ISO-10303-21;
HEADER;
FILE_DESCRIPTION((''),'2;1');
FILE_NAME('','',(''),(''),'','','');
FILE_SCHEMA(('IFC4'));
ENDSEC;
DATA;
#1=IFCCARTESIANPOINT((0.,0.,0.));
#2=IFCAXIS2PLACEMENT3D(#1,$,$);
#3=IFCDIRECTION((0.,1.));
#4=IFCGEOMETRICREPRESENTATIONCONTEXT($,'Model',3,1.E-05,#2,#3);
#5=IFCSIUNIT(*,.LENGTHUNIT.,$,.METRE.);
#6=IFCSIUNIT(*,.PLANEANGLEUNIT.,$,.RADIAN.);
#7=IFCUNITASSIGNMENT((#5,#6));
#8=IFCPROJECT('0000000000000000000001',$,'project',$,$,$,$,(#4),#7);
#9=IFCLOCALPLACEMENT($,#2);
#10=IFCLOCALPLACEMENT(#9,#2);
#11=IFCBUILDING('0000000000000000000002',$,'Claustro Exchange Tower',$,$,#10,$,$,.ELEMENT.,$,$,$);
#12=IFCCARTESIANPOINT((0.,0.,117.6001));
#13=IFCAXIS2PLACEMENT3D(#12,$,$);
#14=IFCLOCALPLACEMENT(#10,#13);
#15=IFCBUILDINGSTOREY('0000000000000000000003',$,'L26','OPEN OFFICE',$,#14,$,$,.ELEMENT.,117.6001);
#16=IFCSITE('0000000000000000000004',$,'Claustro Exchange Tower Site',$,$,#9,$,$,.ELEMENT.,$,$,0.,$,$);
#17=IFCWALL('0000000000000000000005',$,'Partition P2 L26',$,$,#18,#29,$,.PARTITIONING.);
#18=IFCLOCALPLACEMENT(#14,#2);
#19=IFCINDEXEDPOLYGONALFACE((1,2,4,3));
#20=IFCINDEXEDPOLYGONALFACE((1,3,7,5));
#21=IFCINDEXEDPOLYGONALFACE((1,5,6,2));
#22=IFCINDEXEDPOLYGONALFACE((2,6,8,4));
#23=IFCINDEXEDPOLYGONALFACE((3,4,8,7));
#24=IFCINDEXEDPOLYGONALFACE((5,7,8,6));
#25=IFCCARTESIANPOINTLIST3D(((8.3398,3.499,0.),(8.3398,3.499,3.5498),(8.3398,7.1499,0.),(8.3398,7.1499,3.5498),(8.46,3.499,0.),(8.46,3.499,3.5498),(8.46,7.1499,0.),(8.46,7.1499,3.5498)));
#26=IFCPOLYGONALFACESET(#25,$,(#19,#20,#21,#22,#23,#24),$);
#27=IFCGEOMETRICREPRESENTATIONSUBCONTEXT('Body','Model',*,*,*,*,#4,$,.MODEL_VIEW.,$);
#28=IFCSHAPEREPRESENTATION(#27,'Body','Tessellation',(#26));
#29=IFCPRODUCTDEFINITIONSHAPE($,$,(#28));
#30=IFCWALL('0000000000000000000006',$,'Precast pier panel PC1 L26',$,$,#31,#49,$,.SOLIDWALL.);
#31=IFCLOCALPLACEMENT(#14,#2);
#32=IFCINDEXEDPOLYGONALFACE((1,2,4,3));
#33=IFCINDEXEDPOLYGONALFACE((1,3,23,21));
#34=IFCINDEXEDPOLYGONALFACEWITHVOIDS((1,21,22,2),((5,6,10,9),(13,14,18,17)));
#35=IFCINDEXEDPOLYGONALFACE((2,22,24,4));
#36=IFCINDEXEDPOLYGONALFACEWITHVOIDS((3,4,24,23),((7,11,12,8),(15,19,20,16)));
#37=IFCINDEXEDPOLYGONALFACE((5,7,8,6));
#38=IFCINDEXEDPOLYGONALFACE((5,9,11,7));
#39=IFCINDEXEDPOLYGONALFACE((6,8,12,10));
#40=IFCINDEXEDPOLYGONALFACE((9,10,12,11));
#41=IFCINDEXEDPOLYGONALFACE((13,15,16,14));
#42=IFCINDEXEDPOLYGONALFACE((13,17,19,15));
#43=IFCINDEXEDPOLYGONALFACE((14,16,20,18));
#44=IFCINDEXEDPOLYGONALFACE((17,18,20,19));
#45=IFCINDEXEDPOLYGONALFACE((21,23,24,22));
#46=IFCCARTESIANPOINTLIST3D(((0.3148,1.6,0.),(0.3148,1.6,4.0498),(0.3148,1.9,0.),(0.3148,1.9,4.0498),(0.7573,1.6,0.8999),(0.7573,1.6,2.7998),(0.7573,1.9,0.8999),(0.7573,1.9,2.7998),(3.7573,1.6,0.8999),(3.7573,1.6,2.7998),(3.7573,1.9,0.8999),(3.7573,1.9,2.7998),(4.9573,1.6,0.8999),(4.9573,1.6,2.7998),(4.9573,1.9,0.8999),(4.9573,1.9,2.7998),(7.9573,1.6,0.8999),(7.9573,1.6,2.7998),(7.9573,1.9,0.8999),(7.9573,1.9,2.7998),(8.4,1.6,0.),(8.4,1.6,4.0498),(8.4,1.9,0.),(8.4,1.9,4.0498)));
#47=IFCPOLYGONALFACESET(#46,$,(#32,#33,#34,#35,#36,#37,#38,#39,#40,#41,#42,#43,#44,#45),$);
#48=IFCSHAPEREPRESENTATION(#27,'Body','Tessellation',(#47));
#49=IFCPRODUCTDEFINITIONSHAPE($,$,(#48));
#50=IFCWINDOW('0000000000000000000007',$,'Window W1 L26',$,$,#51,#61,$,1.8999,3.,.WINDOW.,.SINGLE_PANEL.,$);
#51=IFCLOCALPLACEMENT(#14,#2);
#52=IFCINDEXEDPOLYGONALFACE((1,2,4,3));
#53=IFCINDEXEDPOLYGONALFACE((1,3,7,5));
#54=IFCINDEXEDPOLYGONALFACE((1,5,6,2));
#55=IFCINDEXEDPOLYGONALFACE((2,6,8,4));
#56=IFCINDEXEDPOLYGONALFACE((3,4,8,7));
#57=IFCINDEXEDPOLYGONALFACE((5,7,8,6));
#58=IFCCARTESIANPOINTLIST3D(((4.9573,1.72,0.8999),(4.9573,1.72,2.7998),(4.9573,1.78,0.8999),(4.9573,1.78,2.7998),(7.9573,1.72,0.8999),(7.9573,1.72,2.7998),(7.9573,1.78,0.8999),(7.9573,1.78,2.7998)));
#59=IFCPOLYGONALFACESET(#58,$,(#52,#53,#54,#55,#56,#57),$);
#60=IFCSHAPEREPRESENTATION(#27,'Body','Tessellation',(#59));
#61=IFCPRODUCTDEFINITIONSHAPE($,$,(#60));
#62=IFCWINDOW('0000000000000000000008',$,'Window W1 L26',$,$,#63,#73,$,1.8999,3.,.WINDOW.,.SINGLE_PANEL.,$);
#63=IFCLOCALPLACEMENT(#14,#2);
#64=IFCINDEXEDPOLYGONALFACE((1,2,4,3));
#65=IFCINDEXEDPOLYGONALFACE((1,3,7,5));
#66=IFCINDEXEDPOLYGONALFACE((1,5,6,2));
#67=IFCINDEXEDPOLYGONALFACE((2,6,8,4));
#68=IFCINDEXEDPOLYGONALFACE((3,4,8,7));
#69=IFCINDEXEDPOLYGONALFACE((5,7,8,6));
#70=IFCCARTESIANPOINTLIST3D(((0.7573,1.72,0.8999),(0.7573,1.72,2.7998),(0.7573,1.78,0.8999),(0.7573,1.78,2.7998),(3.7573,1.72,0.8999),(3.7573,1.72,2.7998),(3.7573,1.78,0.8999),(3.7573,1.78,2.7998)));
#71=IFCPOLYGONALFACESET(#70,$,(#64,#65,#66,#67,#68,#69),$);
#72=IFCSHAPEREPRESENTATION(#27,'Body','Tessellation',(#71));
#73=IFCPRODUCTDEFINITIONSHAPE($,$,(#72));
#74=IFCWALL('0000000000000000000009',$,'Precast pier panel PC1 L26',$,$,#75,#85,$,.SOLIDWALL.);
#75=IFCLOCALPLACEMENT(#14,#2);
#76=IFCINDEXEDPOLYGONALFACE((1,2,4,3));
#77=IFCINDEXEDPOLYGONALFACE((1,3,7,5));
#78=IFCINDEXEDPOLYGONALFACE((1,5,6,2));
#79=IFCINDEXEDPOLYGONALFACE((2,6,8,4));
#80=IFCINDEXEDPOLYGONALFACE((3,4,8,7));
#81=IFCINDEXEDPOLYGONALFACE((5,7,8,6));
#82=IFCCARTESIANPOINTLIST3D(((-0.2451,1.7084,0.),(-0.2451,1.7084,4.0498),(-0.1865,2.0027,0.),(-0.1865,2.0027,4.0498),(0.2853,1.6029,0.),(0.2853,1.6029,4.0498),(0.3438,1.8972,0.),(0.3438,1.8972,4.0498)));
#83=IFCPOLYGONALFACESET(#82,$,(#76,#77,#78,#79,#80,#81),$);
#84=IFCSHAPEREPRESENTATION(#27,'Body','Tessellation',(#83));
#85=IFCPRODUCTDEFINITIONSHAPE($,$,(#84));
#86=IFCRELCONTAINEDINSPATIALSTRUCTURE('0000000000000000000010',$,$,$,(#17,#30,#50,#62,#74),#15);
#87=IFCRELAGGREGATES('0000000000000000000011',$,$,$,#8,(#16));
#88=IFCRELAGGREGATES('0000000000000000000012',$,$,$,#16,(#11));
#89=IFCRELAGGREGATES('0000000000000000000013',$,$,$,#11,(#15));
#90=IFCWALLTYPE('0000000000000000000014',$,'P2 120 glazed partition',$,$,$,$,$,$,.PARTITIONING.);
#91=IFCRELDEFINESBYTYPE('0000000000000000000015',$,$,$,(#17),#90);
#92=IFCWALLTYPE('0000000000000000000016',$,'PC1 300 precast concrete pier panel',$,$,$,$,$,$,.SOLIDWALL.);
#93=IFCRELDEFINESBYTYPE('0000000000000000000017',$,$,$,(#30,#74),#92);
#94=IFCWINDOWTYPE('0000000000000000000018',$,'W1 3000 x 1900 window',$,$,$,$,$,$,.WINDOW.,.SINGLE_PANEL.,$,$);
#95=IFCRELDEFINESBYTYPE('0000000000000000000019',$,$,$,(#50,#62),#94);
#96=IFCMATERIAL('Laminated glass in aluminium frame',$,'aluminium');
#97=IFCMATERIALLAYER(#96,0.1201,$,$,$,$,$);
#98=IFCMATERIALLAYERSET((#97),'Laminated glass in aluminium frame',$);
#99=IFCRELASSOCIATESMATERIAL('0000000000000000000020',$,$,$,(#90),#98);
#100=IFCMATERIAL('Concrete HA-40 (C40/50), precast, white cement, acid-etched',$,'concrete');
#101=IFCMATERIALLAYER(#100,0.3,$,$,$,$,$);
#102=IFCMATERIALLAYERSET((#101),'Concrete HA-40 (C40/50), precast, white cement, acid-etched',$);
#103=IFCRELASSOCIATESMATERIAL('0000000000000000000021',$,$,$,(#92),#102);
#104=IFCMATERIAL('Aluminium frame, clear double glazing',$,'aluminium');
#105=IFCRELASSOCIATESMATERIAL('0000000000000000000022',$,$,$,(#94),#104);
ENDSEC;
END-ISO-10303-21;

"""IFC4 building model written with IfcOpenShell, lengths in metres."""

from ifc_helpers import new_model, si_unit, direction, frame, frame_2d, origin, place, context, subcontext, project, spatial, rectangle, extrude, material, layer, layer_set, type_object, element, fill, save


model = new_model("IFC4")

# Units and contexts
model_context = context("Model", 3, precision=1e-05, world=origin(), true_north=direction((0.0, 1.0)))
body_context = subcontext(model_context, "Body", "Model", "MODEL_VIEW")
ifc_project = project(units=[si_unit("LENGTHUNIT", "METRE"), si_unit("PLANEANGLEUNIT", "RADIAN")], contexts=[model_context])

# Site, building, storey
site_placement = place(None, origin())
site = spatial("IfcSite", under=ifc_project, at=site_placement, Name="Claustro Exchange Tower Site", CompositionType="ELEMENT", RefElevation=0.0)
building_placement = place(site_placement, origin())
building = spatial("IfcBuilding", under=site, at=building_placement, Name="Claustro Exchange Tower", CompositionType="ELEMENT")
storey_placement = place(building_placement, frame((0.0, 0.0, 117.6001)))
storey = spatial("IfcBuildingStorey", under=building, at=storey_placement, Name="L26", Description="OPEN OFFICE", CompositionType="ELEMENT", Elevation=117.6001)

# Wall
ifc_material_1 = material(Name="Laminated glass in aluminium frame", Category="aluminium")
ifc_layer_1 = layer(ifc_material_1, 0.1201)
ifc_layer_set_1 = layer_set([ifc_layer_1], Name="Laminated glass in aluminium frame")
wall_type_1 = type_object("IfcWallType", Name="P2 120 glazed partition", PredefinedType="PARTITIONING", material=ifc_layer_set_1)
wall_1_placement = place(storey_placement, frame((8.3999, 3.499, 0.0), z_axis=(0.0, 0.0, 1.0), x_axis=(0.0, 1.0, 0.0)))
element("IfcWall", 1, at=wall_1_placement, inside=storey, type_object=wall_type_1, Name="Partition P2 L26", PredefinedType="PARTITIONING", context=body_context, shape_type="SweptSolid", body=[
    extrude(rectangle(XDim=3.6509, YDim=0.1201, at=frame_2d((1.8254, 0.0))), origin(), (0.0, 0.0, 1.0), 3.5498),
])

# Wall, openings, windows
ifc_material_2 = material(Name="Concrete HA-40 (C40/50), precast, white cement, acid-etched", Category="concrete")
ifc_layer_2 = layer(ifc_material_2, 0.3)
ifc_layer_set_2 = layer_set([ifc_layer_2], Name="Concrete HA-40 (C40/50), precast, white cement, acid-etched")
wall_type_2 = type_object("IfcWallType", Name="PC1 300 precast concrete pier panel", PredefinedType="SOLIDWALL", material=ifc_layer_set_2)
wall_2_placement = place(storey_placement, frame((8.3999, 1.75, 0.0), z_axis=(0.0, 0.0, 1.0), x_axis=(-1.0, 0.0, 0.0)))
wall_2 = element("IfcWall", 2, at=wall_2_placement, inside=storey, type_object=wall_type_2, Name="Precast pier panel PC1 L26", PredefinedType="SOLIDWALL", context=body_context, shape_type="SweptSolid", body=[
    extrude(rectangle(XDim=8.0852, YDim=0.3, at=frame_2d((4.0425, 0.0))), origin(), (0.0, 0.0, 1.0), 4.0498),
])
opening_1_placement = place(wall_2_placement, frame((0.4426, 0.0, 0.8999)))
opening_1 = element("IfcOpeningElement", 3, at=opening_1_placement, cuts=wall_2, PredefinedType="OPENING", context=body_context, shape_type="SweptSolid", body=[
    extrude(rectangle(XDim=3.0, YDim=1.8999, at=frame_2d((1.5, 0.95))), frame((0.0, 0.1599, 0.0), z_axis=(0.0, -1.0, 0.0), x_axis=(1.0, 0.0, 0.0)), (0.0, 0.0, 1.0), 0.3201),
])
opening_2_placement = place(wall_2_placement, frame((4.6426, 0.0, 0.8999)))
opening_2 = element("IfcOpeningElement", 4, at=opening_2_placement, cuts=wall_2, PredefinedType="OPENING", context=body_context, shape_type="SweptSolid", body=[
    extrude(rectangle(XDim=3.0, YDim=1.8999, at=frame_2d((1.5, 0.95))), frame((0.0, 0.1599, 0.0), z_axis=(0.0, -1.0, 0.0), x_axis=(1.0, 0.0, 0.0)), (0.0, 0.0, 1.0), 0.3201),
])
ifc_material_3 = material(Name="Aluminium frame, clear double glazing", Category="aluminium")
window_type = type_object("IfcWindowType", Name="W1 3000 x 1900 window", PartitioningType="SINGLE_PANEL", PredefinedType="WINDOW", material=ifc_material_3)
window_1_placement = place(opening_1_placement, origin())
window_1 = element("IfcWindow", 5, at=window_1_placement, inside=storey, type_object=window_type, Name="Window W1 L26", OverallHeight=1.8999, OverallWidth=3.0, PartitioningType="SINGLE_PANEL", PredefinedType="WINDOW", context=body_context, shape_type="SweptSolid", body=[
    extrude(rectangle(XDim=3.0, YDim=1.8999, at=frame_2d((1.5, 0.95))), frame((0.0, 0.03, 0.0), z_axis=(0.0, -1.0, 0.0), x_axis=(1.0, 0.0, 0.0)), (0.0, 0.0, 1.0), 0.0601),
])
fill(opening_1, window_1)
window_2_placement = place(opening_2_placement, origin())
window_2 = element("IfcWindow", 6, at=window_2_placement, inside=storey, type_object=window_type, Name="Window W1 L26", OverallHeight=1.8999, OverallWidth=3.0, PartitioningType="SINGLE_PANEL", PredefinedType="WINDOW", context=body_context, shape_type="SweptSolid", body=[
    extrude(rectangle(XDim=3.0, YDim=1.8999, at=frame_2d((1.5, 0.95))), frame((0.0, 0.03, 0.0), z_axis=(0.0, -1.0, 0.0), x_axis=(1.0, 0.0, 0.0)), (0.0, 0.0, 1.0), 0.0601),
])
fill(opening_2, window_2)

# Wall
wall_3_placement = place(storey_placement, frame((0.3147, 1.75, 0.0), z_axis=(0.0, 0.0, 1.0), x_axis=(-0.980789, 0.195074, 0.0)))
element("IfcWall", 7, at=wall_3_placement, inside=storey, type_object=wall_type_2, Name="Precast pier panel PC1 L26", PredefinedType="SOLIDWALL", context=body_context, shape_type="SweptSolid", body=[
    extrude(rectangle(XDim=0.5408, YDim=0.3, at=frame_2d((0.2705, 0.0))), origin(), (0.0, 0.0, 1.0), 4.0498),
])

save(model, "model.ifc")
